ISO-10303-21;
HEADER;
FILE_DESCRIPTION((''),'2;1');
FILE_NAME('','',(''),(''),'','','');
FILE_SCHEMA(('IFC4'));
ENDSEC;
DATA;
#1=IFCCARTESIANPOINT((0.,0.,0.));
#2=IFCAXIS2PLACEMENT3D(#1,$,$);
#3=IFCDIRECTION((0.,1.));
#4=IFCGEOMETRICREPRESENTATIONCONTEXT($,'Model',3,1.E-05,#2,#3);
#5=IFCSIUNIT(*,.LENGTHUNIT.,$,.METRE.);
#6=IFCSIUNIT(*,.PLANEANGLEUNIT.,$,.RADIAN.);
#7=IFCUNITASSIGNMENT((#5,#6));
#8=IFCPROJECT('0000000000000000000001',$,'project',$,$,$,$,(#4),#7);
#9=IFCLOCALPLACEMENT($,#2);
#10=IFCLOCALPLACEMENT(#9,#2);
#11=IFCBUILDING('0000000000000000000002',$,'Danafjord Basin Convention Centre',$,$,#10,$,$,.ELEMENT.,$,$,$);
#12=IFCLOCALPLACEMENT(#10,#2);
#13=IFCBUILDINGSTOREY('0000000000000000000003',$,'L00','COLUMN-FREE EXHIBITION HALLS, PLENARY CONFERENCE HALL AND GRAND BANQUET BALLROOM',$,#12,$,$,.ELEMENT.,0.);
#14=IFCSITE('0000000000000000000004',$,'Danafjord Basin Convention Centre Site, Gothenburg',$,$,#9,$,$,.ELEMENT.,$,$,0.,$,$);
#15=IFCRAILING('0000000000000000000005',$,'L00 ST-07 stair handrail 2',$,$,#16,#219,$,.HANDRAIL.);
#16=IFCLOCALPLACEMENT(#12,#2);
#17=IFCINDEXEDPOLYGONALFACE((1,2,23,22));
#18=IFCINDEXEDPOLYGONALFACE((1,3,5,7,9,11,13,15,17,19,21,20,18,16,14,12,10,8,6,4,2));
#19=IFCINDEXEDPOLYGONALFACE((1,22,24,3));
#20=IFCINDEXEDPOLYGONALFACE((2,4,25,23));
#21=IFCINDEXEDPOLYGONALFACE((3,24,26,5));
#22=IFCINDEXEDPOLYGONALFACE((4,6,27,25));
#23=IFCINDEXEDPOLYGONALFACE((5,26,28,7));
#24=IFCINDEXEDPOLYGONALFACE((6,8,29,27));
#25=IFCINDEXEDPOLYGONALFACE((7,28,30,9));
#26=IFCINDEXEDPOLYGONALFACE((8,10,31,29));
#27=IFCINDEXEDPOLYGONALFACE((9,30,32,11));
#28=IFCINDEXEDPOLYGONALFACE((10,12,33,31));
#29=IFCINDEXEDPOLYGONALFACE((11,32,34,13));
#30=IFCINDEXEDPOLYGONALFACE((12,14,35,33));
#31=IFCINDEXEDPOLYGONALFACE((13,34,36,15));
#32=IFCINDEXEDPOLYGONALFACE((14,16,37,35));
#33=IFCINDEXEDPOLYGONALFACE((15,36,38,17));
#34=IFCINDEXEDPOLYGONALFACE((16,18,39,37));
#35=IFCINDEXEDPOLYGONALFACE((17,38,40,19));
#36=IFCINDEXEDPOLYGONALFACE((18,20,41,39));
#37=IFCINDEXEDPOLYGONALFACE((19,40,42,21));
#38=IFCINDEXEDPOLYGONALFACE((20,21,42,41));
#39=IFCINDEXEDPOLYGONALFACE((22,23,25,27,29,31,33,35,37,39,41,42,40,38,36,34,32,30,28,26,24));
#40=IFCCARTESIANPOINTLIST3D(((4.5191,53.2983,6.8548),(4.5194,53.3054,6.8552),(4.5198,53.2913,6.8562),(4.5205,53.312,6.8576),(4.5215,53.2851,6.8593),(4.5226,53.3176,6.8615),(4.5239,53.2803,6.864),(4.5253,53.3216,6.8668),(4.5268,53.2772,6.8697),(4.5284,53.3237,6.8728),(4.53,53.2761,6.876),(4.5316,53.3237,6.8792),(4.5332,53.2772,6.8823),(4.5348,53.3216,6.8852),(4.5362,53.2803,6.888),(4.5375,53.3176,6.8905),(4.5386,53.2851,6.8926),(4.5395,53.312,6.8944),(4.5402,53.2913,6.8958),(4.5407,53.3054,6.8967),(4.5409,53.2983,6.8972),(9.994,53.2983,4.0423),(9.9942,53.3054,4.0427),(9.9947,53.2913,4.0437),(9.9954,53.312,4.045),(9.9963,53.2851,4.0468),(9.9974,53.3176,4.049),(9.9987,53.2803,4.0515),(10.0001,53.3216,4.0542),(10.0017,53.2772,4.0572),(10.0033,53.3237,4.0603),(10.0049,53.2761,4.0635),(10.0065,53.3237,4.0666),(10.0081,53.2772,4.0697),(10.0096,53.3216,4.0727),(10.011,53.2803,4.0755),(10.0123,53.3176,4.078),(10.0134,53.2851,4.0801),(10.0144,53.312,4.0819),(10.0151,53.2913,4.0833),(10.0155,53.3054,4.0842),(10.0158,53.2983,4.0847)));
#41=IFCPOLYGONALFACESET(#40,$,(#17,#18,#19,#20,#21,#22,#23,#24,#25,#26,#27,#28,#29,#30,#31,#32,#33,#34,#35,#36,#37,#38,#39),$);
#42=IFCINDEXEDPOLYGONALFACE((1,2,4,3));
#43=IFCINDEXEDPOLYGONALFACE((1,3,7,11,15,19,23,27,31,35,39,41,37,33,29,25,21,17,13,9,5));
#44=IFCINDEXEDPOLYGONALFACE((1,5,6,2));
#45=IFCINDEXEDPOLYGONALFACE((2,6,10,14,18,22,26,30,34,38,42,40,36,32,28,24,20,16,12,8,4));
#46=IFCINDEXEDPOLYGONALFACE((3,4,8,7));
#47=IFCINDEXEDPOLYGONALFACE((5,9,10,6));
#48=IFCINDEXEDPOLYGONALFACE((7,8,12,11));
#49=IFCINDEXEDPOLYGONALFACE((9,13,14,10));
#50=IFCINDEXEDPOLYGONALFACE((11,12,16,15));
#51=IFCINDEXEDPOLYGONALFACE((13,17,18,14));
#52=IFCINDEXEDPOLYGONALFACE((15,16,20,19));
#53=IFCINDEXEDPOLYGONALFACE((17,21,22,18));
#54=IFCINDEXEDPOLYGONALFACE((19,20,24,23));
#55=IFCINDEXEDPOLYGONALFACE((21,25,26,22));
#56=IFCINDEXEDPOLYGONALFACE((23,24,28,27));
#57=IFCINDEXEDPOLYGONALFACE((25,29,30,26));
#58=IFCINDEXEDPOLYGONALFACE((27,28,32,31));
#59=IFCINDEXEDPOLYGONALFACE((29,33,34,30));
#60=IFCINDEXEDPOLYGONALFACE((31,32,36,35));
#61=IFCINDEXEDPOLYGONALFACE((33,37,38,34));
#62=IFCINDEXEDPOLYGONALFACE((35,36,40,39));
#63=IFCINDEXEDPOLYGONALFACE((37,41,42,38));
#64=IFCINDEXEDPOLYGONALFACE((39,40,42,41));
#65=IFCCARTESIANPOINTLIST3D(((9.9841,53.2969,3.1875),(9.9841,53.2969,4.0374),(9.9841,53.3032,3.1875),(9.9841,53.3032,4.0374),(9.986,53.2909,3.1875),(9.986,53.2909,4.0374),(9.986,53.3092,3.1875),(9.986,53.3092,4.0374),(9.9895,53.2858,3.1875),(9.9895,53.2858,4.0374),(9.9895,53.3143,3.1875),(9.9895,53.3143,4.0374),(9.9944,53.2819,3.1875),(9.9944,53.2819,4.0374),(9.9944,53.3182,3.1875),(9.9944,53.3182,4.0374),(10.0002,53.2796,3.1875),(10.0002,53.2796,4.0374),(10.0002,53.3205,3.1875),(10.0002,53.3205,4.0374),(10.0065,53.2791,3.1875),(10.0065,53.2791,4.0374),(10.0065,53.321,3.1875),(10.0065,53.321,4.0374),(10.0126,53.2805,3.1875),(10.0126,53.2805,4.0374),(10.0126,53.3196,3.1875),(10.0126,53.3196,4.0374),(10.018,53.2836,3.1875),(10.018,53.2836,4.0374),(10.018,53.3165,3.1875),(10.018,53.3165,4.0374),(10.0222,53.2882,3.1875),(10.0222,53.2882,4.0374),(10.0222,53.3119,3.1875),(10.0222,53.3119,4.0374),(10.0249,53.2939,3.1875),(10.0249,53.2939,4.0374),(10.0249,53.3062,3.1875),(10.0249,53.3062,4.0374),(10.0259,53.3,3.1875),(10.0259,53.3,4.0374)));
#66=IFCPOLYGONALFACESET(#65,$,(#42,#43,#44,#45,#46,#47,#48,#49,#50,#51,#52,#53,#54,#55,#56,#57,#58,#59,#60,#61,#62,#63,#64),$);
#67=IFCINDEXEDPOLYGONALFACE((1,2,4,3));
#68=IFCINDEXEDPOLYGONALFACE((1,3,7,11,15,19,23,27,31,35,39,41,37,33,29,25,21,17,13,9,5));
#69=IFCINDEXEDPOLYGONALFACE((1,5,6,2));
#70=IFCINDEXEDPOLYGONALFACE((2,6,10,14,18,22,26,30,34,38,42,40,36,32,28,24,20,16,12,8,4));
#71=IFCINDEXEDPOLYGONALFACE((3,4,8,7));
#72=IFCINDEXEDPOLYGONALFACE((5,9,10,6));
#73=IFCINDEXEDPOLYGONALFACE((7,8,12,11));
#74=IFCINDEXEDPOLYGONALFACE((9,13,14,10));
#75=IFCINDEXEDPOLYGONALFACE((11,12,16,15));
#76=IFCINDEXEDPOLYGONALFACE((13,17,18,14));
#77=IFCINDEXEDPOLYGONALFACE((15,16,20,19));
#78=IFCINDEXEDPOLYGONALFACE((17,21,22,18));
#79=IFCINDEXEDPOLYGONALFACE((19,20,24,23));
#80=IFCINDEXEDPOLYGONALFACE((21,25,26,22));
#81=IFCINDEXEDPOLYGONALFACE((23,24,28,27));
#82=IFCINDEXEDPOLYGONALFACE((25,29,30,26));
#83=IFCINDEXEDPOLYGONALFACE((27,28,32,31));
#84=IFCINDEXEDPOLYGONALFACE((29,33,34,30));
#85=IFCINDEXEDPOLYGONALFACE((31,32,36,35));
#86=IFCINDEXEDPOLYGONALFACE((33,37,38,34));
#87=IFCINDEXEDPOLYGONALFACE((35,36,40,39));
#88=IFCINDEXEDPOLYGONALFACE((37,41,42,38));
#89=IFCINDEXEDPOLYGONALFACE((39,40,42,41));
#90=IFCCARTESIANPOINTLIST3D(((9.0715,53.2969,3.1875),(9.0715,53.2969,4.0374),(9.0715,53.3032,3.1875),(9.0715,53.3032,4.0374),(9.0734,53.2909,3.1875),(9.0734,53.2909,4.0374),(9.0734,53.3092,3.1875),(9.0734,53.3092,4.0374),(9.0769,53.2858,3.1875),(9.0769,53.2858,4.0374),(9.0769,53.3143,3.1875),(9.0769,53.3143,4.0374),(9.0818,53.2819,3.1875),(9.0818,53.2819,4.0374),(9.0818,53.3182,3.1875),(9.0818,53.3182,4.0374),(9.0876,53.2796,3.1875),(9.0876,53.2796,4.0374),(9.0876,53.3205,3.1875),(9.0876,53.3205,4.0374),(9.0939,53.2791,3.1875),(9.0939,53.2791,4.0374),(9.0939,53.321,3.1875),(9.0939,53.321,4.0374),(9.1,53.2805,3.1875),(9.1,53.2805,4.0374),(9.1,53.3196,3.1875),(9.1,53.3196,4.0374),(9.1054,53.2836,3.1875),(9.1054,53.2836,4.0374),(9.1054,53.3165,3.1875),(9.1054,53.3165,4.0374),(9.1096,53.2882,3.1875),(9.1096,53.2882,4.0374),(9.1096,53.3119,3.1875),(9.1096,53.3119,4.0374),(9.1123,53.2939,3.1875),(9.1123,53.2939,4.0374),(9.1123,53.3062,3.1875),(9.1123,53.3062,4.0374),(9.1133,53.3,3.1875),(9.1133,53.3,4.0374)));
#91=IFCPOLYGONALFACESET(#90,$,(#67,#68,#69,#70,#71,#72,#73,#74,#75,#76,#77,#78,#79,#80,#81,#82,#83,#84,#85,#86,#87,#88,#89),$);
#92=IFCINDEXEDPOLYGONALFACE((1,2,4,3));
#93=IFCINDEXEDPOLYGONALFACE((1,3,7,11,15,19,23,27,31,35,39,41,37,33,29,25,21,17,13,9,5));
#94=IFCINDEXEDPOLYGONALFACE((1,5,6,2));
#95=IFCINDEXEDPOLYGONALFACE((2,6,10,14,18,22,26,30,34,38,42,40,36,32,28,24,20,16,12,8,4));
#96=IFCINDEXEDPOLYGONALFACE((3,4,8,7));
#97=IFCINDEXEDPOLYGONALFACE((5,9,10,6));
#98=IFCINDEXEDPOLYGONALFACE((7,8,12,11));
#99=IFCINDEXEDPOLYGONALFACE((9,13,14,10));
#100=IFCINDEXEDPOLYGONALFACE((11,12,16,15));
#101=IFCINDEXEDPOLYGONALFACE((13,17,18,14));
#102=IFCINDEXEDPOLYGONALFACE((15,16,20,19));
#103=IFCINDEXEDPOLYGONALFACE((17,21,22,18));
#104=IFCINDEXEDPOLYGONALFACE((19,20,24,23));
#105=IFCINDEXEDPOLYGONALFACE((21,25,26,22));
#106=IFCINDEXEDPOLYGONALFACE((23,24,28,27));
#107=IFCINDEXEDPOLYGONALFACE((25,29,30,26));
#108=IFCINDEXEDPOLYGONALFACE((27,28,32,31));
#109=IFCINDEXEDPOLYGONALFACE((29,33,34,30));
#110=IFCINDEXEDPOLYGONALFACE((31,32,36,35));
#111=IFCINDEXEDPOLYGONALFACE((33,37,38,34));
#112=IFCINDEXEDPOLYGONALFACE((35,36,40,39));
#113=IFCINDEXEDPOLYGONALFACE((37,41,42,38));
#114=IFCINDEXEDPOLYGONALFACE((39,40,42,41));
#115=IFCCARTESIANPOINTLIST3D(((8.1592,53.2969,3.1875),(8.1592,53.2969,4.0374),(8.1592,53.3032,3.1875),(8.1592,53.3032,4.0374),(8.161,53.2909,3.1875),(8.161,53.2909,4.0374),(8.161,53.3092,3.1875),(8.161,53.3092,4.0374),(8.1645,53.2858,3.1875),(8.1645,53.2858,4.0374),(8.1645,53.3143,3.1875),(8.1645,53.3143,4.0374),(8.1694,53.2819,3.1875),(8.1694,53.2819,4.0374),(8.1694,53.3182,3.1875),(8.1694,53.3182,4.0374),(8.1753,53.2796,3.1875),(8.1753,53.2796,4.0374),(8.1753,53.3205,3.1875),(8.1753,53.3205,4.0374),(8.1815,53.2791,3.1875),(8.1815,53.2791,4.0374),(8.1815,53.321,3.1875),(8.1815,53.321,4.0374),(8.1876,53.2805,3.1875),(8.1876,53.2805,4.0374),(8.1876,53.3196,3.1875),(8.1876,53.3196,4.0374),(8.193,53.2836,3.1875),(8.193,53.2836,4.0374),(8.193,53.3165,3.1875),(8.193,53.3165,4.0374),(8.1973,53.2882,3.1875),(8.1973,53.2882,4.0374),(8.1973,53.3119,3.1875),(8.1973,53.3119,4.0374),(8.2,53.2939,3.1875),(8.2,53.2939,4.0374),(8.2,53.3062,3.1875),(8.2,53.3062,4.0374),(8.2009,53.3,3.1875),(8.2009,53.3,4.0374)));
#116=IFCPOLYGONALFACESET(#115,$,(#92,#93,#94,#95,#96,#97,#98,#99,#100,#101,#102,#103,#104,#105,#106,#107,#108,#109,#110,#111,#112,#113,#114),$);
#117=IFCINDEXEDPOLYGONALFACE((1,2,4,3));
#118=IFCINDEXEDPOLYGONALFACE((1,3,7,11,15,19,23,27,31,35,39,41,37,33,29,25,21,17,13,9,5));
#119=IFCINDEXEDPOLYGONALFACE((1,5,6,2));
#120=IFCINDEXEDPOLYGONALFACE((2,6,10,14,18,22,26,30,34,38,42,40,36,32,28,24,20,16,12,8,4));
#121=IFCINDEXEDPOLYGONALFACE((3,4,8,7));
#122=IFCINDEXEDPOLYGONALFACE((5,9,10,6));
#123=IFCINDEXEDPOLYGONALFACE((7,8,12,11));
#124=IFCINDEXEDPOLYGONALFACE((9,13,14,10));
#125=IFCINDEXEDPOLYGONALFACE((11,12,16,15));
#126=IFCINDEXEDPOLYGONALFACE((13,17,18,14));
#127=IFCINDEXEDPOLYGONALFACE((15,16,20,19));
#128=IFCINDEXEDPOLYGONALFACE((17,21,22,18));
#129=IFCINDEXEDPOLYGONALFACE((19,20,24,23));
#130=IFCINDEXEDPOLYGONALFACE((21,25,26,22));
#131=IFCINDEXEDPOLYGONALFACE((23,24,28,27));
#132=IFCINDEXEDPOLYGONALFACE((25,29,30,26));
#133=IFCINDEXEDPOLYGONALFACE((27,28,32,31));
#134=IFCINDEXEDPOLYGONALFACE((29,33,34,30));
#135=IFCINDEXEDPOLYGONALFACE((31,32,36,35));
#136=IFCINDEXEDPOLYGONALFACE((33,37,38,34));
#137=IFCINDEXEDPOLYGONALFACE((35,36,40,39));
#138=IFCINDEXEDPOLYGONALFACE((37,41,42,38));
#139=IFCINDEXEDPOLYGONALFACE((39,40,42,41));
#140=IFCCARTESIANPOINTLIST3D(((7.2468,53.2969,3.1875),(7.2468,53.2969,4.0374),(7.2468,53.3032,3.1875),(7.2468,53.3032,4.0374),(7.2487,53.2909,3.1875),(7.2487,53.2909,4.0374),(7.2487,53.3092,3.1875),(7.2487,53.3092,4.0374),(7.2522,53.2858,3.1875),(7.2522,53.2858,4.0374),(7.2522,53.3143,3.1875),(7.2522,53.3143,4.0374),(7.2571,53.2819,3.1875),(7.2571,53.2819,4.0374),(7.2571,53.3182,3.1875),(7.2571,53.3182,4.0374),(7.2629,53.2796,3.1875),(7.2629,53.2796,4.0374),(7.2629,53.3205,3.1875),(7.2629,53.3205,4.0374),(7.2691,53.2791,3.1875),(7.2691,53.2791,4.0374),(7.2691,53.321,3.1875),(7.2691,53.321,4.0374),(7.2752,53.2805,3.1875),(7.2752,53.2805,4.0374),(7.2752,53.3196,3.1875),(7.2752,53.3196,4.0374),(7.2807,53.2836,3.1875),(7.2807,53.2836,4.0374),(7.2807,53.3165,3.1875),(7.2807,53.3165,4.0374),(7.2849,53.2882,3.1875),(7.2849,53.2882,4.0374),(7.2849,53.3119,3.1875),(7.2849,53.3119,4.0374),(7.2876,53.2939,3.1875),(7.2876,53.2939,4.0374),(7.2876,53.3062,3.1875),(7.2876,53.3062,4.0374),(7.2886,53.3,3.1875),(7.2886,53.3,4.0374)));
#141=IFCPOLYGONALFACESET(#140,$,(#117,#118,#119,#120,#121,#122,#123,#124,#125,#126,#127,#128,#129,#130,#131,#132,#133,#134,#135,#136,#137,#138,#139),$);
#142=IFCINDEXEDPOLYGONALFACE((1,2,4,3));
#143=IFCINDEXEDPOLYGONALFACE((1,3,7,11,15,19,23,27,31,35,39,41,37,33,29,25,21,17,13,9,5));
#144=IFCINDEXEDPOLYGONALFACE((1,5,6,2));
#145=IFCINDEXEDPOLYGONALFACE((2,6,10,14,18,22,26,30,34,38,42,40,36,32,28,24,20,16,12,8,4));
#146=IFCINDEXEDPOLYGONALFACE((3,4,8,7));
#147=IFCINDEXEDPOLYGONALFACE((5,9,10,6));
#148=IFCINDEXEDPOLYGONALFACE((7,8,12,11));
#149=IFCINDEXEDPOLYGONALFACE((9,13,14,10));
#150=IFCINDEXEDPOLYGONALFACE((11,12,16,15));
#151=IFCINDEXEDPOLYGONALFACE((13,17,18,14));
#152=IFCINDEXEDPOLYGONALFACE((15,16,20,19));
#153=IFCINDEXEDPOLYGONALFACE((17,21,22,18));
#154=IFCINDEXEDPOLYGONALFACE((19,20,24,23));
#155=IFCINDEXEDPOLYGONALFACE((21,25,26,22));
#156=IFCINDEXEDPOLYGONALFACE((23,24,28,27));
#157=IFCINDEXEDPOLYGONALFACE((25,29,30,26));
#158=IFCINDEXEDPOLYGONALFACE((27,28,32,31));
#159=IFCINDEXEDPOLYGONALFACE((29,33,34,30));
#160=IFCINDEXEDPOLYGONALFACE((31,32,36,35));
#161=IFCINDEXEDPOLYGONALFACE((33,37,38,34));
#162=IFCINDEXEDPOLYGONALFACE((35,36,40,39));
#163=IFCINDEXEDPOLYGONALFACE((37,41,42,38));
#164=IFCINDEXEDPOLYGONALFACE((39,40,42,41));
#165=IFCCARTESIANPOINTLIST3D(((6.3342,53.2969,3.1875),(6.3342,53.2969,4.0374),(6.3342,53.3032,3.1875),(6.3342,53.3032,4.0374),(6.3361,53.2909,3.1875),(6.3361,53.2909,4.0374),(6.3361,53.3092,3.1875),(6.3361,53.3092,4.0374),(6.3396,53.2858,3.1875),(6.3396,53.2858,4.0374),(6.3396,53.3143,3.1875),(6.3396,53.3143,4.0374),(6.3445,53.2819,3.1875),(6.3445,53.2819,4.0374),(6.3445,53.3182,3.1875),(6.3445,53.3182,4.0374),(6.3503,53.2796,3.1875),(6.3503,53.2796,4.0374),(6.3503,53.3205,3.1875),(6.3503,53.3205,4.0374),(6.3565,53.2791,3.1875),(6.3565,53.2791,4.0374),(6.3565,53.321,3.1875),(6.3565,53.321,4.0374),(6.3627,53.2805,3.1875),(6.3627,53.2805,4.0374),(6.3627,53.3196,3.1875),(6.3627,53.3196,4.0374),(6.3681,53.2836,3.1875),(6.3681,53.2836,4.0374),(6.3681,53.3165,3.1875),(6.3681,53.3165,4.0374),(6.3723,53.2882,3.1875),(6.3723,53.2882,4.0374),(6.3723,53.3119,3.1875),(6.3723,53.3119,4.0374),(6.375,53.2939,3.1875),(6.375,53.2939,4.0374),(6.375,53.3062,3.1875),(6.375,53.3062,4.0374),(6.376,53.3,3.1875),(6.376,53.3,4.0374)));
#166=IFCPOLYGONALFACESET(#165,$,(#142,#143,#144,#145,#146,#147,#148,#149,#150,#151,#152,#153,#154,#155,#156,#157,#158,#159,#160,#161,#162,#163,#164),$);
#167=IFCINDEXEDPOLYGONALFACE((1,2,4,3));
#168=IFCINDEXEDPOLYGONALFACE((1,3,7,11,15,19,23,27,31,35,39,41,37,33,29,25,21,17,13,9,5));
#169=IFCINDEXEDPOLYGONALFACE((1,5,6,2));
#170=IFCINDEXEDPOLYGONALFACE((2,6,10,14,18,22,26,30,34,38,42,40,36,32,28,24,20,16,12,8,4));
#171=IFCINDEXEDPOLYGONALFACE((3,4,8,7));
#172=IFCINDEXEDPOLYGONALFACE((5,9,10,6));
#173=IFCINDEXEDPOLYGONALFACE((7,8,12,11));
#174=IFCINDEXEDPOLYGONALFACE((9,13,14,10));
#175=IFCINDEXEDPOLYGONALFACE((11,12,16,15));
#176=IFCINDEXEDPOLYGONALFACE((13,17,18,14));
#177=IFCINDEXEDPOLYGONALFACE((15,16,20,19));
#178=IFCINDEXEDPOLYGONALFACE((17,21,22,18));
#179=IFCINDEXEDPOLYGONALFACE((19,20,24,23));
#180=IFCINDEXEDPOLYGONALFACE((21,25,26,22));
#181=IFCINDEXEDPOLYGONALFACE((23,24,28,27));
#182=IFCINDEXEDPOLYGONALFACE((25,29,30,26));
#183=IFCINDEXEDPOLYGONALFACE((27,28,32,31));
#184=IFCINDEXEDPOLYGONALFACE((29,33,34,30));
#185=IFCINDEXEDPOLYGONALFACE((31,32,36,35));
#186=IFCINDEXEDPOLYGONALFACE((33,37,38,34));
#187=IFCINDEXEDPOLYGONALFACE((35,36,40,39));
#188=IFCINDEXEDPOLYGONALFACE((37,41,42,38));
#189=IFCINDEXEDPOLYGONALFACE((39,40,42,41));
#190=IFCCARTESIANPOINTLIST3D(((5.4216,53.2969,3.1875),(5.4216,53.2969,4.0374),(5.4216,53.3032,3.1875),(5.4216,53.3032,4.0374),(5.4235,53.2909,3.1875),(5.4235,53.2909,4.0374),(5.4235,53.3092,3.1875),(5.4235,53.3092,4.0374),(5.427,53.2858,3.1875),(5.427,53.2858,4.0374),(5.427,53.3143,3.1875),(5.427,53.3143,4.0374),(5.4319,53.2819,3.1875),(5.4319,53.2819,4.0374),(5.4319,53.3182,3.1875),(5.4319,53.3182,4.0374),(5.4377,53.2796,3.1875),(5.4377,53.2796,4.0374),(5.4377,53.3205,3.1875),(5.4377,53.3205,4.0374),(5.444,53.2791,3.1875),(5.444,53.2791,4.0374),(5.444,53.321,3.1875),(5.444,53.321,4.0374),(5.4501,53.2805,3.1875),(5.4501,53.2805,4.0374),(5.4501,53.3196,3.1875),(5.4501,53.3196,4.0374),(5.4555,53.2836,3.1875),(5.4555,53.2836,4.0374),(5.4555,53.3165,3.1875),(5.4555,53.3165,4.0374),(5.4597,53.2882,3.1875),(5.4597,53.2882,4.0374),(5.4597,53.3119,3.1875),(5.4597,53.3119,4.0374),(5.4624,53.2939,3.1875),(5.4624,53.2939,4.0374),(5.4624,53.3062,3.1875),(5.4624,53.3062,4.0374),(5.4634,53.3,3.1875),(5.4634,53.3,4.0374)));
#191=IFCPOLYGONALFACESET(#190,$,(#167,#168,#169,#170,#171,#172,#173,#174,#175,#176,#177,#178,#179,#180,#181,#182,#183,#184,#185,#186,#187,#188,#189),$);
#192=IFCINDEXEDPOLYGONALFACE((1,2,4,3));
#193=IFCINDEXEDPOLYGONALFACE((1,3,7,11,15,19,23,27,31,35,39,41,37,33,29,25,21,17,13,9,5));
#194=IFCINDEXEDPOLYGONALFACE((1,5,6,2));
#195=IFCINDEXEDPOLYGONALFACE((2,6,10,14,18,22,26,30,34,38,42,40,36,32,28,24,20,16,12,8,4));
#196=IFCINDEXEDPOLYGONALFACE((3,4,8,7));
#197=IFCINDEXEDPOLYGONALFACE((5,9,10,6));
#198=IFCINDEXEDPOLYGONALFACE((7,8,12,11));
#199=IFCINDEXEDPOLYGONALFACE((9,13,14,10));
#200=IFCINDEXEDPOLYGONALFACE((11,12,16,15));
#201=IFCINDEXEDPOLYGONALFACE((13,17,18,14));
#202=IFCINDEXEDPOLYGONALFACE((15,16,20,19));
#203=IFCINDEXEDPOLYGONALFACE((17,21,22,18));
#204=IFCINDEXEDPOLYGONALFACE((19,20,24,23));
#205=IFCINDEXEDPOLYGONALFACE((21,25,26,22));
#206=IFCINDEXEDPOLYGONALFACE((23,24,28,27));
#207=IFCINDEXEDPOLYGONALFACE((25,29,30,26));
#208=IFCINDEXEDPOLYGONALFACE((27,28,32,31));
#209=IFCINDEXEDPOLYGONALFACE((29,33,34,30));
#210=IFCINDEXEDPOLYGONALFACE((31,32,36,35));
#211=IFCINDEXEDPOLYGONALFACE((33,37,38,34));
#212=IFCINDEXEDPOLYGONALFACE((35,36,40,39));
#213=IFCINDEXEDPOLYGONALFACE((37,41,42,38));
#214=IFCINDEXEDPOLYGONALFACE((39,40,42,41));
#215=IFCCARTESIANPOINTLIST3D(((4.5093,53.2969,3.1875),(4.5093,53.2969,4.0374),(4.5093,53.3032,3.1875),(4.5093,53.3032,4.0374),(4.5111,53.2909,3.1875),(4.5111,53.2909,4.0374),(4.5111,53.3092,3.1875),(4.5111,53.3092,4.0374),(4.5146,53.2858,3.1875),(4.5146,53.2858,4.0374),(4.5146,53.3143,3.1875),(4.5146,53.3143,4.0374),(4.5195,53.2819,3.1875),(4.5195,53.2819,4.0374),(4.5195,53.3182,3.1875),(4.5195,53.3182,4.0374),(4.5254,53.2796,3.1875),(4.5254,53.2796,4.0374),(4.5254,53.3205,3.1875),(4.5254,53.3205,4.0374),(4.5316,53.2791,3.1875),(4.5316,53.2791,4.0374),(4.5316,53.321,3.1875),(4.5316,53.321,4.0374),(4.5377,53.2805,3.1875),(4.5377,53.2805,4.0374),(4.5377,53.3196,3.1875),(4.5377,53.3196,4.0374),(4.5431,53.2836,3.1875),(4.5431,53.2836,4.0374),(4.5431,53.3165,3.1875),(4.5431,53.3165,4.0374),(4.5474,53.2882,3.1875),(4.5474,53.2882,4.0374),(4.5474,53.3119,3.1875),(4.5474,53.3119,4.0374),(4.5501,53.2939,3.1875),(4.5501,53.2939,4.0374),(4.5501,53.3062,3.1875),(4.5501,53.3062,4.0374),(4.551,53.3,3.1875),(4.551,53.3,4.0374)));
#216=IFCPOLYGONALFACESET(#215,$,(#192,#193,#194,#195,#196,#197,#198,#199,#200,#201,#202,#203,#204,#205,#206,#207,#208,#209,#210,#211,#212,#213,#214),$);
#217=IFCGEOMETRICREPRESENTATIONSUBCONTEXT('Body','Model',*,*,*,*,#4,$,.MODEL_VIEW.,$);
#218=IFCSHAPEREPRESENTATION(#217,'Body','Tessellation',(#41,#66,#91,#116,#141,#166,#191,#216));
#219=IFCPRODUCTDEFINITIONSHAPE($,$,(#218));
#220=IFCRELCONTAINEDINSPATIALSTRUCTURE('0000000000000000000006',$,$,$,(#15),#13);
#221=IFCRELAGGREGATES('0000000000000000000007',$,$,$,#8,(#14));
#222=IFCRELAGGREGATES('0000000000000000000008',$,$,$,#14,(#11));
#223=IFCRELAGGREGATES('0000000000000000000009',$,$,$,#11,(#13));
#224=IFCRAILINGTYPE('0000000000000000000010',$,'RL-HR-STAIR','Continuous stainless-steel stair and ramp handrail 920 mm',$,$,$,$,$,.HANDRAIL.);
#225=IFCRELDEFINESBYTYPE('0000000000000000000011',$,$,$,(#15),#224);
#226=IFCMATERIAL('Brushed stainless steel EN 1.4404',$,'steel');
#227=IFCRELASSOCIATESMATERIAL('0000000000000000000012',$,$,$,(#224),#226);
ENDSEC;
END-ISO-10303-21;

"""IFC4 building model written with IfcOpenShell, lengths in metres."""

from ifc_helpers import new_model, si_unit, direction, frame, origin, origin_2d, place, context, subcontext, project, spatial, circle, extrude, material, type_object, element, save


model = new_model("IFC4")

# Units and contexts
model_context = context("Model", 3, precision=1e-05, world=origin(), true_north=direction((0.0, 1.0)))
body_context = subcontext(model_context, "Body", "Model", "MODEL_VIEW")
ifc_project = project(units=[si_unit("LENGTHUNIT", "METRE"), si_unit("PLANEANGLEUNIT", "RADIAN")], contexts=[model_context])

# Site, building, storey
site_placement = place(None, origin())
site = spatial("IfcSite", under=ifc_project, at=site_placement, Name="Danafjord Basin Convention Centre Site, Gothenburg", CompositionType="ELEMENT", RefElevation=0.0)
building_placement = place(site_placement, origin())
building = spatial("IfcBuilding", under=site, at=building_placement, Name="Danafjord Basin Convention Centre", CompositionType="ELEMENT")
storey_placement = place(building_placement, origin())
storey = spatial("IfcBuildingStorey", under=building, at=storey_placement, Name="L00", Description="COLUMN-FREE EXHIBITION HALLS, PLENARY CONFERENCE HALL AND GRAND BANQUET BALLROOM", CompositionType="ELEMENT", Elevation=0.0)

# Railing
ifc_material_1 = material(Name="Brushed stainless steel EN 1.4404", Category="steel")
railing_type_1 = type_object("IfcRailingType", Name="RL-HR-STAIR", Description="Continuous stainless-steel stair and ramp handrail 920 mm", PredefinedType="HANDRAIL", material=ifc_material_1)
railing_1_placement = place(storey_placement, frame((10.0049, 53.3, 3.1875)))
element("IfcRailing", 1, at=railing_1_placement, inside=storey, type_object=railing_type_1, Name="L00 ST-07 stair handrail 2", PredefinedType="HANDRAIL", context=body_context, shape_type="SweptSolid", body=[
    extrude(circle(Radius=0.0239, at=origin_2d()), frame((0.0, 0.0, 0.876), z_axis=(-0.889495, 0.0, 0.456945), x_axis=(0.0, -1.0, 0.0)), (0.0, 0.0, 1.0), 6.155),
    extrude(circle(Radius=0.021, at=origin_2d()), origin(), (0.0, 0.0, 1.0), 0.8499),
    extrude(circle(Radius=0.021, at=origin_2d()), frame((-0.9126, 0.0, 0.0)), (0.0, 0.0, 1.0), 0.8499),
    extrude(circle(Radius=0.021, at=origin_2d()), frame((-1.825, 0.0, 0.0)), (0.0, 0.0, 1.0), 0.8499),
    extrude(circle(Radius=0.021, at=origin_2d()), frame((-2.7373, 0.0, 0.0)), (0.0, 0.0, 1.0), 0.8499),
    extrude(circle(Radius=0.021, at=origin_2d()), frame((-3.6499, 0.0, 0.0)), (0.0, 0.0, 1.0), 0.8499),
    extrude(circle(Radius=0.021, at=origin_2d()), frame((-4.5625, 0.0, 0.0)), (0.0, 0.0, 1.0), 0.8499),
    extrude(circle(Radius=0.021, at=origin_2d()), frame((-5.4749, 0.0, 0.0)), (0.0, 0.0, 1.0), 0.8499),
])

save(model, "model.ifc")
